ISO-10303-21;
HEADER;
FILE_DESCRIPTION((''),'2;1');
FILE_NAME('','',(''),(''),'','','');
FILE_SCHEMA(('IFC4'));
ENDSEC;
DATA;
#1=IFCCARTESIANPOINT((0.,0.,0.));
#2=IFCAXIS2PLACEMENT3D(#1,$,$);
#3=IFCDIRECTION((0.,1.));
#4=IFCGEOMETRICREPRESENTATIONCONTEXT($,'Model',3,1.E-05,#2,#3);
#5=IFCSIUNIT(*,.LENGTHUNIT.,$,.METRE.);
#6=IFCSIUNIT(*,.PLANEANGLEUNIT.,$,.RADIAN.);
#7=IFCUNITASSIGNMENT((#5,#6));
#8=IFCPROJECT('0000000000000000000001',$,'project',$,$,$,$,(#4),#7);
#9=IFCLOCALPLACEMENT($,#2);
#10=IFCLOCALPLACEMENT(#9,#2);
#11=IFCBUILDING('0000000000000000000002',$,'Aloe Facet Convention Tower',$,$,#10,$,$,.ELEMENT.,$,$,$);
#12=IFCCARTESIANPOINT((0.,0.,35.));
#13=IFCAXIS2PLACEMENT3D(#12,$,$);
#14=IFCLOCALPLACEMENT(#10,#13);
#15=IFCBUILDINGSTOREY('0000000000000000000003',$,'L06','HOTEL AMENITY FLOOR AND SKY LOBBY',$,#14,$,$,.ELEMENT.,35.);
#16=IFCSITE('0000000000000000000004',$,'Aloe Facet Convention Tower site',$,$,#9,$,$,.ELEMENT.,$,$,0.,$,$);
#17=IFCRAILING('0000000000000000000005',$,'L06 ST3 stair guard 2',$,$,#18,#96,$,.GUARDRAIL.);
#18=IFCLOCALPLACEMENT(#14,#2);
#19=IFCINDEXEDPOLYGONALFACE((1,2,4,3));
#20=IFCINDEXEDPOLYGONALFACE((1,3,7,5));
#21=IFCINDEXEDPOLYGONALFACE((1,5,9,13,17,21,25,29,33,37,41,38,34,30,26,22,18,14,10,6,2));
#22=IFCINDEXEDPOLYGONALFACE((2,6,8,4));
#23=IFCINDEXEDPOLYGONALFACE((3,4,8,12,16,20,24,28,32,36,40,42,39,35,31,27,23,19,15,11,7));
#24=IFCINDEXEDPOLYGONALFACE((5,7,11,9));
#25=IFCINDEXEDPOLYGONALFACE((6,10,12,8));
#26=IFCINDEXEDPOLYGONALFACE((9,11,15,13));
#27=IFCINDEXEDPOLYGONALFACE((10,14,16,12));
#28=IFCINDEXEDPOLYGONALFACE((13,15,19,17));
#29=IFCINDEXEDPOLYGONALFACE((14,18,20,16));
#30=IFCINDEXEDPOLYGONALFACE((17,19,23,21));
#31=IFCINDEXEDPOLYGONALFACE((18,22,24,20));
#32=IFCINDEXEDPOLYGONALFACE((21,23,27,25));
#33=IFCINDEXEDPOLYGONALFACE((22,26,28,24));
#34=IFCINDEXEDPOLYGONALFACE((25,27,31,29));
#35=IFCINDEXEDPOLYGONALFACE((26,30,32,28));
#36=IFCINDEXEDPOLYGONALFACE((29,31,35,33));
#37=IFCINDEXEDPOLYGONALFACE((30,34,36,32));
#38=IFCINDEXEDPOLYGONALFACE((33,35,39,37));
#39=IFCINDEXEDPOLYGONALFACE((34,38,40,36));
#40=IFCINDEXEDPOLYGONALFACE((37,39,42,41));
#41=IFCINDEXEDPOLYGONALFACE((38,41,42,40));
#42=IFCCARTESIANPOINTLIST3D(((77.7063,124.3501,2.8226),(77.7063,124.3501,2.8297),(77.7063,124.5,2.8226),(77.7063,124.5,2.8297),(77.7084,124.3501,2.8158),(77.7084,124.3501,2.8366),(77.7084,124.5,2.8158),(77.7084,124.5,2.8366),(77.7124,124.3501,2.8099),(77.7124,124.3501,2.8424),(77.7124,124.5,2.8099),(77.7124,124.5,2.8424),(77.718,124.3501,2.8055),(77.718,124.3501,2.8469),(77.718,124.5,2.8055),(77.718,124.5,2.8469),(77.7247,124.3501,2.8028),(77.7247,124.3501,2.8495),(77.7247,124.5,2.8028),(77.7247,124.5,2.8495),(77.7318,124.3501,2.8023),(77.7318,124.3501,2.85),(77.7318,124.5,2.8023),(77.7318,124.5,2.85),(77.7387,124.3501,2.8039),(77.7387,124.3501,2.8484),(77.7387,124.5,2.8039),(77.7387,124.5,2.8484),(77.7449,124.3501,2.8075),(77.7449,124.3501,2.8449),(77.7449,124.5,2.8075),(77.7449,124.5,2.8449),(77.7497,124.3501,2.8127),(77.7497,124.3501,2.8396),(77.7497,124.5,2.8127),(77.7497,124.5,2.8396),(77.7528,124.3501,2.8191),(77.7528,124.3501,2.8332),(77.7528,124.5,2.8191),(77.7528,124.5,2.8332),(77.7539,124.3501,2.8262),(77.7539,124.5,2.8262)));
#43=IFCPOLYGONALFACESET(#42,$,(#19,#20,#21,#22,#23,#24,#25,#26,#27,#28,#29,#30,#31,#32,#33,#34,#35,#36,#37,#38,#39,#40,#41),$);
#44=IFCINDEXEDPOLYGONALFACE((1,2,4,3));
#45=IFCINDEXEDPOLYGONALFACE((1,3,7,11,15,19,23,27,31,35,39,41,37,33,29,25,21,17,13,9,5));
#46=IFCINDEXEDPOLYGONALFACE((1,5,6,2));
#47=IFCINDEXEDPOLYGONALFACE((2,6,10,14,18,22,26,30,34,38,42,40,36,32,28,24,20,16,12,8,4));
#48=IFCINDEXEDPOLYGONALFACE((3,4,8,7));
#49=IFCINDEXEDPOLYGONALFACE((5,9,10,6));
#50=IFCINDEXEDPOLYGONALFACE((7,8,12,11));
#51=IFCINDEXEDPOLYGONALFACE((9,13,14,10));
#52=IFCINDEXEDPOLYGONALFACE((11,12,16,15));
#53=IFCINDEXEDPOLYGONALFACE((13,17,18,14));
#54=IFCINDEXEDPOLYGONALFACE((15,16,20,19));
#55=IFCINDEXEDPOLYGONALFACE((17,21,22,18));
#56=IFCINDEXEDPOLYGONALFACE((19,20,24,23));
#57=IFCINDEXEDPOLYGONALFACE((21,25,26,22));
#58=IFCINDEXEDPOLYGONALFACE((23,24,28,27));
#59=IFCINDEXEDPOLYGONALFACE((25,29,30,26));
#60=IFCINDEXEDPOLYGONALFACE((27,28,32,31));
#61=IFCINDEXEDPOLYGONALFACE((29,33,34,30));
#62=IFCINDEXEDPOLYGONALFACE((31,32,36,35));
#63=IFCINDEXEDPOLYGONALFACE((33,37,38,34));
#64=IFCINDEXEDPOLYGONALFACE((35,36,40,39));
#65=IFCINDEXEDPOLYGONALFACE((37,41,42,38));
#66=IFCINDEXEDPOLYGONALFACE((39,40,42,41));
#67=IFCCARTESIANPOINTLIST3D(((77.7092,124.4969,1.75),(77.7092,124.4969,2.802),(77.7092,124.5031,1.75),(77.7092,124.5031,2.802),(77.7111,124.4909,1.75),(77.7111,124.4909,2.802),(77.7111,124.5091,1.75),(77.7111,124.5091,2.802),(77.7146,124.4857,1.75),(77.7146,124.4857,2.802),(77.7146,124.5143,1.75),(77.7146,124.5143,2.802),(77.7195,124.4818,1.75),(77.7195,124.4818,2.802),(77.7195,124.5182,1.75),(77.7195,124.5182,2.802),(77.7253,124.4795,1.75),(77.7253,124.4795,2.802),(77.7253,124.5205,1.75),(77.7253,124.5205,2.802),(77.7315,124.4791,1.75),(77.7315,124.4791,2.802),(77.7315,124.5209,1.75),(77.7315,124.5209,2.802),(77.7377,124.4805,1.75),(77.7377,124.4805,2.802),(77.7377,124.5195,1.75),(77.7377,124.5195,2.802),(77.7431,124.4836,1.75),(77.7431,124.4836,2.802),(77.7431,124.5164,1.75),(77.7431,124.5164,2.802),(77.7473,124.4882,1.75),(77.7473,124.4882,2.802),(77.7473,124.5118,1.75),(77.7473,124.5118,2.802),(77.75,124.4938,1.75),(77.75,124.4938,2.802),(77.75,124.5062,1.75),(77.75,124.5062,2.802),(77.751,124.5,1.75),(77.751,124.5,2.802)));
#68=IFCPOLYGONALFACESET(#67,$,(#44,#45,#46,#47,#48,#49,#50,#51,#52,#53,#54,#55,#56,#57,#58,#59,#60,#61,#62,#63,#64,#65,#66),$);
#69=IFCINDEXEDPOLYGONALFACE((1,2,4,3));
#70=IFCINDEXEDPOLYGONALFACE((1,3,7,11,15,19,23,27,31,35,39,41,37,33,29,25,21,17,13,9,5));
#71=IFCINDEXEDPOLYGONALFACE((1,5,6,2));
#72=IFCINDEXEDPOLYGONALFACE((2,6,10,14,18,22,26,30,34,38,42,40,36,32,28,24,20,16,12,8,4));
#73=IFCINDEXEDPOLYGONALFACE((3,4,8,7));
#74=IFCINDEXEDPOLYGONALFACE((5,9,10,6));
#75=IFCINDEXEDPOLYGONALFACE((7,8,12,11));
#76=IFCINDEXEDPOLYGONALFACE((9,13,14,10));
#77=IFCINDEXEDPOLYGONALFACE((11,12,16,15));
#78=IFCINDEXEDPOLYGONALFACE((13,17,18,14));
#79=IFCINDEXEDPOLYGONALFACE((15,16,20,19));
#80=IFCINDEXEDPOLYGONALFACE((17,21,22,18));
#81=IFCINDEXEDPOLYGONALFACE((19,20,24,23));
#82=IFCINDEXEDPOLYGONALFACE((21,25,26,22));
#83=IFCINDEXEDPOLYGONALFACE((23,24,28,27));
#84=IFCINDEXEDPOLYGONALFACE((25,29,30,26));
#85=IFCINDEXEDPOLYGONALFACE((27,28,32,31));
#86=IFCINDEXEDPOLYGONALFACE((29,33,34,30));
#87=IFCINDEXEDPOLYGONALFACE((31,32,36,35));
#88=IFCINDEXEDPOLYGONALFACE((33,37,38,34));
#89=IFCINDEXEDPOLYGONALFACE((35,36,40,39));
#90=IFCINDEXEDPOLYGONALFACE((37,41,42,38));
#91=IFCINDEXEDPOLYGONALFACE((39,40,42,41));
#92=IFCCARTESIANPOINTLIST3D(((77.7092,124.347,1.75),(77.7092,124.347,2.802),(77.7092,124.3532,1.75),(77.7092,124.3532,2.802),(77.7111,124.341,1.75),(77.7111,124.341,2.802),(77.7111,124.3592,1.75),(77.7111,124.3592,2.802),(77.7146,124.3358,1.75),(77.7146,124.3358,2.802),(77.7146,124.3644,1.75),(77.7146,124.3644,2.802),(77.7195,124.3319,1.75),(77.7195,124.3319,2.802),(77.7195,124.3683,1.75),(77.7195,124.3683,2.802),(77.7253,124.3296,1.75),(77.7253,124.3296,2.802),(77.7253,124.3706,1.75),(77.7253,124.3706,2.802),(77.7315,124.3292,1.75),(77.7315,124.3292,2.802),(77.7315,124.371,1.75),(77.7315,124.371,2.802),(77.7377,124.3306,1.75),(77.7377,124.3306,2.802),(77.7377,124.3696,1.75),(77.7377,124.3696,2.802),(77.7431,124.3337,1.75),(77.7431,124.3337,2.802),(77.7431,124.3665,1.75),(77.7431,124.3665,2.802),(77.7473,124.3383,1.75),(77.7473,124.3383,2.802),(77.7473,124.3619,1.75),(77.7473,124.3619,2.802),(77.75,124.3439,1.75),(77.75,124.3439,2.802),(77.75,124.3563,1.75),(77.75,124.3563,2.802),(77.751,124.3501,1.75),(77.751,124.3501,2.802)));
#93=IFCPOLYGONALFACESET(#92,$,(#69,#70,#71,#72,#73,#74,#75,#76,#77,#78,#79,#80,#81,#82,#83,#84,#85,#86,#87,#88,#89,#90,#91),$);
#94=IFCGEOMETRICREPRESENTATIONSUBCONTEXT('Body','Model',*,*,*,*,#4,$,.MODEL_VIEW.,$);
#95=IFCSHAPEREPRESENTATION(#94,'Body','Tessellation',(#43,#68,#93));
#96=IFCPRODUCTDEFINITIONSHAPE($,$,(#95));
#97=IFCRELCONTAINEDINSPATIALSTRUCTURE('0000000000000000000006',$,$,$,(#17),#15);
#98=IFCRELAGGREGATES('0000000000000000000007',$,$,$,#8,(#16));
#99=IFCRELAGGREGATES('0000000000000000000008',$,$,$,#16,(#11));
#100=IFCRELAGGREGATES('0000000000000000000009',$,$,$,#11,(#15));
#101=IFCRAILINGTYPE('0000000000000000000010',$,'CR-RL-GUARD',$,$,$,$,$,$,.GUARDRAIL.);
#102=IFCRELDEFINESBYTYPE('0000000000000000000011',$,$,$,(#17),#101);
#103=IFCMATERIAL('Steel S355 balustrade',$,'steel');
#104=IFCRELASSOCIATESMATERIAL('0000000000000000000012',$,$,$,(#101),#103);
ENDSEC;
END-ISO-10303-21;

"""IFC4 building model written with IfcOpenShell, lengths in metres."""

from ifc_helpers import new_model, si_unit, direction, frame, origin, origin_2d, place, context, subcontext, project, spatial, circle, extrude, material, type_object, element, save


model = new_model("IFC4")

# Units and contexts
model_context = context("Model", 3, precision=1e-05, world=origin(), true_north=direction((0.0, 1.0)))
body_context = subcontext(model_context, "Body", "Model", "MODEL_VIEW")
ifc_project = project(units=[si_unit("LENGTHUNIT", "METRE"), si_unit("PLANEANGLEUNIT", "RADIAN")], contexts=[model_context])

# Site, building, storey
site_placement = place(None, origin())
site = spatial("IfcSite", under=ifc_project, at=site_placement, Name="Aloe Facet Convention Tower site", CompositionType="ELEMENT", RefElevation=0.0)
building_placement = place(site_placement, origin())
building = spatial("IfcBuilding", under=site, at=building_placement, Name="Aloe Facet Convention Tower", CompositionType="ELEMENT")
storey_placement = place(building_placement, frame((0.0, 0.0, 35.0)))
storey = spatial("IfcBuildingStorey", under=building, at=storey_placement, Name="L06", Description="HOTEL AMENITY FLOOR AND SKY LOBBY", CompositionType="ELEMENT", Elevation=35.0)

# Railing
ifc_material_1 = material(Name="Steel S355 balustrade", Category="steel")
railing_type_1 = type_object("IfcRailingType", Name="CR-RL-GUARD", PredefinedType="GUARDRAIL", material=ifc_material_1)
railing_1_placement = place(storey_placement, frame((77.73, 124.5, 1.75)))
element("IfcRailing", 1, at=railing_1_placement, inside=storey, type_object=railing_type_1, Name="L06 ST3 stair guard 2", PredefinedType="GUARDRAIL", context=body_context, shape_type="SweptSolid", body=[
    extrude(circle(Radius=0.0239, at=origin_2d()), frame((0.0, 0.0, 1.0762), z_axis=(0.0, -1.0, 0.0), x_axis=(1.0, 0.0, 0.0)), (0.0, 0.0, 1.0), 0.1499),
    extrude(circle(Radius=0.021, at=origin_2d()), origin(), (0.0, 0.0, 1.0), 1.052),
    extrude(circle(Radius=0.021, at=origin_2d()), frame((0.0, -0.1499, 0.0)), (0.0, 0.0, 1.0), 1.052),
])

save(model, "model.ifc")
